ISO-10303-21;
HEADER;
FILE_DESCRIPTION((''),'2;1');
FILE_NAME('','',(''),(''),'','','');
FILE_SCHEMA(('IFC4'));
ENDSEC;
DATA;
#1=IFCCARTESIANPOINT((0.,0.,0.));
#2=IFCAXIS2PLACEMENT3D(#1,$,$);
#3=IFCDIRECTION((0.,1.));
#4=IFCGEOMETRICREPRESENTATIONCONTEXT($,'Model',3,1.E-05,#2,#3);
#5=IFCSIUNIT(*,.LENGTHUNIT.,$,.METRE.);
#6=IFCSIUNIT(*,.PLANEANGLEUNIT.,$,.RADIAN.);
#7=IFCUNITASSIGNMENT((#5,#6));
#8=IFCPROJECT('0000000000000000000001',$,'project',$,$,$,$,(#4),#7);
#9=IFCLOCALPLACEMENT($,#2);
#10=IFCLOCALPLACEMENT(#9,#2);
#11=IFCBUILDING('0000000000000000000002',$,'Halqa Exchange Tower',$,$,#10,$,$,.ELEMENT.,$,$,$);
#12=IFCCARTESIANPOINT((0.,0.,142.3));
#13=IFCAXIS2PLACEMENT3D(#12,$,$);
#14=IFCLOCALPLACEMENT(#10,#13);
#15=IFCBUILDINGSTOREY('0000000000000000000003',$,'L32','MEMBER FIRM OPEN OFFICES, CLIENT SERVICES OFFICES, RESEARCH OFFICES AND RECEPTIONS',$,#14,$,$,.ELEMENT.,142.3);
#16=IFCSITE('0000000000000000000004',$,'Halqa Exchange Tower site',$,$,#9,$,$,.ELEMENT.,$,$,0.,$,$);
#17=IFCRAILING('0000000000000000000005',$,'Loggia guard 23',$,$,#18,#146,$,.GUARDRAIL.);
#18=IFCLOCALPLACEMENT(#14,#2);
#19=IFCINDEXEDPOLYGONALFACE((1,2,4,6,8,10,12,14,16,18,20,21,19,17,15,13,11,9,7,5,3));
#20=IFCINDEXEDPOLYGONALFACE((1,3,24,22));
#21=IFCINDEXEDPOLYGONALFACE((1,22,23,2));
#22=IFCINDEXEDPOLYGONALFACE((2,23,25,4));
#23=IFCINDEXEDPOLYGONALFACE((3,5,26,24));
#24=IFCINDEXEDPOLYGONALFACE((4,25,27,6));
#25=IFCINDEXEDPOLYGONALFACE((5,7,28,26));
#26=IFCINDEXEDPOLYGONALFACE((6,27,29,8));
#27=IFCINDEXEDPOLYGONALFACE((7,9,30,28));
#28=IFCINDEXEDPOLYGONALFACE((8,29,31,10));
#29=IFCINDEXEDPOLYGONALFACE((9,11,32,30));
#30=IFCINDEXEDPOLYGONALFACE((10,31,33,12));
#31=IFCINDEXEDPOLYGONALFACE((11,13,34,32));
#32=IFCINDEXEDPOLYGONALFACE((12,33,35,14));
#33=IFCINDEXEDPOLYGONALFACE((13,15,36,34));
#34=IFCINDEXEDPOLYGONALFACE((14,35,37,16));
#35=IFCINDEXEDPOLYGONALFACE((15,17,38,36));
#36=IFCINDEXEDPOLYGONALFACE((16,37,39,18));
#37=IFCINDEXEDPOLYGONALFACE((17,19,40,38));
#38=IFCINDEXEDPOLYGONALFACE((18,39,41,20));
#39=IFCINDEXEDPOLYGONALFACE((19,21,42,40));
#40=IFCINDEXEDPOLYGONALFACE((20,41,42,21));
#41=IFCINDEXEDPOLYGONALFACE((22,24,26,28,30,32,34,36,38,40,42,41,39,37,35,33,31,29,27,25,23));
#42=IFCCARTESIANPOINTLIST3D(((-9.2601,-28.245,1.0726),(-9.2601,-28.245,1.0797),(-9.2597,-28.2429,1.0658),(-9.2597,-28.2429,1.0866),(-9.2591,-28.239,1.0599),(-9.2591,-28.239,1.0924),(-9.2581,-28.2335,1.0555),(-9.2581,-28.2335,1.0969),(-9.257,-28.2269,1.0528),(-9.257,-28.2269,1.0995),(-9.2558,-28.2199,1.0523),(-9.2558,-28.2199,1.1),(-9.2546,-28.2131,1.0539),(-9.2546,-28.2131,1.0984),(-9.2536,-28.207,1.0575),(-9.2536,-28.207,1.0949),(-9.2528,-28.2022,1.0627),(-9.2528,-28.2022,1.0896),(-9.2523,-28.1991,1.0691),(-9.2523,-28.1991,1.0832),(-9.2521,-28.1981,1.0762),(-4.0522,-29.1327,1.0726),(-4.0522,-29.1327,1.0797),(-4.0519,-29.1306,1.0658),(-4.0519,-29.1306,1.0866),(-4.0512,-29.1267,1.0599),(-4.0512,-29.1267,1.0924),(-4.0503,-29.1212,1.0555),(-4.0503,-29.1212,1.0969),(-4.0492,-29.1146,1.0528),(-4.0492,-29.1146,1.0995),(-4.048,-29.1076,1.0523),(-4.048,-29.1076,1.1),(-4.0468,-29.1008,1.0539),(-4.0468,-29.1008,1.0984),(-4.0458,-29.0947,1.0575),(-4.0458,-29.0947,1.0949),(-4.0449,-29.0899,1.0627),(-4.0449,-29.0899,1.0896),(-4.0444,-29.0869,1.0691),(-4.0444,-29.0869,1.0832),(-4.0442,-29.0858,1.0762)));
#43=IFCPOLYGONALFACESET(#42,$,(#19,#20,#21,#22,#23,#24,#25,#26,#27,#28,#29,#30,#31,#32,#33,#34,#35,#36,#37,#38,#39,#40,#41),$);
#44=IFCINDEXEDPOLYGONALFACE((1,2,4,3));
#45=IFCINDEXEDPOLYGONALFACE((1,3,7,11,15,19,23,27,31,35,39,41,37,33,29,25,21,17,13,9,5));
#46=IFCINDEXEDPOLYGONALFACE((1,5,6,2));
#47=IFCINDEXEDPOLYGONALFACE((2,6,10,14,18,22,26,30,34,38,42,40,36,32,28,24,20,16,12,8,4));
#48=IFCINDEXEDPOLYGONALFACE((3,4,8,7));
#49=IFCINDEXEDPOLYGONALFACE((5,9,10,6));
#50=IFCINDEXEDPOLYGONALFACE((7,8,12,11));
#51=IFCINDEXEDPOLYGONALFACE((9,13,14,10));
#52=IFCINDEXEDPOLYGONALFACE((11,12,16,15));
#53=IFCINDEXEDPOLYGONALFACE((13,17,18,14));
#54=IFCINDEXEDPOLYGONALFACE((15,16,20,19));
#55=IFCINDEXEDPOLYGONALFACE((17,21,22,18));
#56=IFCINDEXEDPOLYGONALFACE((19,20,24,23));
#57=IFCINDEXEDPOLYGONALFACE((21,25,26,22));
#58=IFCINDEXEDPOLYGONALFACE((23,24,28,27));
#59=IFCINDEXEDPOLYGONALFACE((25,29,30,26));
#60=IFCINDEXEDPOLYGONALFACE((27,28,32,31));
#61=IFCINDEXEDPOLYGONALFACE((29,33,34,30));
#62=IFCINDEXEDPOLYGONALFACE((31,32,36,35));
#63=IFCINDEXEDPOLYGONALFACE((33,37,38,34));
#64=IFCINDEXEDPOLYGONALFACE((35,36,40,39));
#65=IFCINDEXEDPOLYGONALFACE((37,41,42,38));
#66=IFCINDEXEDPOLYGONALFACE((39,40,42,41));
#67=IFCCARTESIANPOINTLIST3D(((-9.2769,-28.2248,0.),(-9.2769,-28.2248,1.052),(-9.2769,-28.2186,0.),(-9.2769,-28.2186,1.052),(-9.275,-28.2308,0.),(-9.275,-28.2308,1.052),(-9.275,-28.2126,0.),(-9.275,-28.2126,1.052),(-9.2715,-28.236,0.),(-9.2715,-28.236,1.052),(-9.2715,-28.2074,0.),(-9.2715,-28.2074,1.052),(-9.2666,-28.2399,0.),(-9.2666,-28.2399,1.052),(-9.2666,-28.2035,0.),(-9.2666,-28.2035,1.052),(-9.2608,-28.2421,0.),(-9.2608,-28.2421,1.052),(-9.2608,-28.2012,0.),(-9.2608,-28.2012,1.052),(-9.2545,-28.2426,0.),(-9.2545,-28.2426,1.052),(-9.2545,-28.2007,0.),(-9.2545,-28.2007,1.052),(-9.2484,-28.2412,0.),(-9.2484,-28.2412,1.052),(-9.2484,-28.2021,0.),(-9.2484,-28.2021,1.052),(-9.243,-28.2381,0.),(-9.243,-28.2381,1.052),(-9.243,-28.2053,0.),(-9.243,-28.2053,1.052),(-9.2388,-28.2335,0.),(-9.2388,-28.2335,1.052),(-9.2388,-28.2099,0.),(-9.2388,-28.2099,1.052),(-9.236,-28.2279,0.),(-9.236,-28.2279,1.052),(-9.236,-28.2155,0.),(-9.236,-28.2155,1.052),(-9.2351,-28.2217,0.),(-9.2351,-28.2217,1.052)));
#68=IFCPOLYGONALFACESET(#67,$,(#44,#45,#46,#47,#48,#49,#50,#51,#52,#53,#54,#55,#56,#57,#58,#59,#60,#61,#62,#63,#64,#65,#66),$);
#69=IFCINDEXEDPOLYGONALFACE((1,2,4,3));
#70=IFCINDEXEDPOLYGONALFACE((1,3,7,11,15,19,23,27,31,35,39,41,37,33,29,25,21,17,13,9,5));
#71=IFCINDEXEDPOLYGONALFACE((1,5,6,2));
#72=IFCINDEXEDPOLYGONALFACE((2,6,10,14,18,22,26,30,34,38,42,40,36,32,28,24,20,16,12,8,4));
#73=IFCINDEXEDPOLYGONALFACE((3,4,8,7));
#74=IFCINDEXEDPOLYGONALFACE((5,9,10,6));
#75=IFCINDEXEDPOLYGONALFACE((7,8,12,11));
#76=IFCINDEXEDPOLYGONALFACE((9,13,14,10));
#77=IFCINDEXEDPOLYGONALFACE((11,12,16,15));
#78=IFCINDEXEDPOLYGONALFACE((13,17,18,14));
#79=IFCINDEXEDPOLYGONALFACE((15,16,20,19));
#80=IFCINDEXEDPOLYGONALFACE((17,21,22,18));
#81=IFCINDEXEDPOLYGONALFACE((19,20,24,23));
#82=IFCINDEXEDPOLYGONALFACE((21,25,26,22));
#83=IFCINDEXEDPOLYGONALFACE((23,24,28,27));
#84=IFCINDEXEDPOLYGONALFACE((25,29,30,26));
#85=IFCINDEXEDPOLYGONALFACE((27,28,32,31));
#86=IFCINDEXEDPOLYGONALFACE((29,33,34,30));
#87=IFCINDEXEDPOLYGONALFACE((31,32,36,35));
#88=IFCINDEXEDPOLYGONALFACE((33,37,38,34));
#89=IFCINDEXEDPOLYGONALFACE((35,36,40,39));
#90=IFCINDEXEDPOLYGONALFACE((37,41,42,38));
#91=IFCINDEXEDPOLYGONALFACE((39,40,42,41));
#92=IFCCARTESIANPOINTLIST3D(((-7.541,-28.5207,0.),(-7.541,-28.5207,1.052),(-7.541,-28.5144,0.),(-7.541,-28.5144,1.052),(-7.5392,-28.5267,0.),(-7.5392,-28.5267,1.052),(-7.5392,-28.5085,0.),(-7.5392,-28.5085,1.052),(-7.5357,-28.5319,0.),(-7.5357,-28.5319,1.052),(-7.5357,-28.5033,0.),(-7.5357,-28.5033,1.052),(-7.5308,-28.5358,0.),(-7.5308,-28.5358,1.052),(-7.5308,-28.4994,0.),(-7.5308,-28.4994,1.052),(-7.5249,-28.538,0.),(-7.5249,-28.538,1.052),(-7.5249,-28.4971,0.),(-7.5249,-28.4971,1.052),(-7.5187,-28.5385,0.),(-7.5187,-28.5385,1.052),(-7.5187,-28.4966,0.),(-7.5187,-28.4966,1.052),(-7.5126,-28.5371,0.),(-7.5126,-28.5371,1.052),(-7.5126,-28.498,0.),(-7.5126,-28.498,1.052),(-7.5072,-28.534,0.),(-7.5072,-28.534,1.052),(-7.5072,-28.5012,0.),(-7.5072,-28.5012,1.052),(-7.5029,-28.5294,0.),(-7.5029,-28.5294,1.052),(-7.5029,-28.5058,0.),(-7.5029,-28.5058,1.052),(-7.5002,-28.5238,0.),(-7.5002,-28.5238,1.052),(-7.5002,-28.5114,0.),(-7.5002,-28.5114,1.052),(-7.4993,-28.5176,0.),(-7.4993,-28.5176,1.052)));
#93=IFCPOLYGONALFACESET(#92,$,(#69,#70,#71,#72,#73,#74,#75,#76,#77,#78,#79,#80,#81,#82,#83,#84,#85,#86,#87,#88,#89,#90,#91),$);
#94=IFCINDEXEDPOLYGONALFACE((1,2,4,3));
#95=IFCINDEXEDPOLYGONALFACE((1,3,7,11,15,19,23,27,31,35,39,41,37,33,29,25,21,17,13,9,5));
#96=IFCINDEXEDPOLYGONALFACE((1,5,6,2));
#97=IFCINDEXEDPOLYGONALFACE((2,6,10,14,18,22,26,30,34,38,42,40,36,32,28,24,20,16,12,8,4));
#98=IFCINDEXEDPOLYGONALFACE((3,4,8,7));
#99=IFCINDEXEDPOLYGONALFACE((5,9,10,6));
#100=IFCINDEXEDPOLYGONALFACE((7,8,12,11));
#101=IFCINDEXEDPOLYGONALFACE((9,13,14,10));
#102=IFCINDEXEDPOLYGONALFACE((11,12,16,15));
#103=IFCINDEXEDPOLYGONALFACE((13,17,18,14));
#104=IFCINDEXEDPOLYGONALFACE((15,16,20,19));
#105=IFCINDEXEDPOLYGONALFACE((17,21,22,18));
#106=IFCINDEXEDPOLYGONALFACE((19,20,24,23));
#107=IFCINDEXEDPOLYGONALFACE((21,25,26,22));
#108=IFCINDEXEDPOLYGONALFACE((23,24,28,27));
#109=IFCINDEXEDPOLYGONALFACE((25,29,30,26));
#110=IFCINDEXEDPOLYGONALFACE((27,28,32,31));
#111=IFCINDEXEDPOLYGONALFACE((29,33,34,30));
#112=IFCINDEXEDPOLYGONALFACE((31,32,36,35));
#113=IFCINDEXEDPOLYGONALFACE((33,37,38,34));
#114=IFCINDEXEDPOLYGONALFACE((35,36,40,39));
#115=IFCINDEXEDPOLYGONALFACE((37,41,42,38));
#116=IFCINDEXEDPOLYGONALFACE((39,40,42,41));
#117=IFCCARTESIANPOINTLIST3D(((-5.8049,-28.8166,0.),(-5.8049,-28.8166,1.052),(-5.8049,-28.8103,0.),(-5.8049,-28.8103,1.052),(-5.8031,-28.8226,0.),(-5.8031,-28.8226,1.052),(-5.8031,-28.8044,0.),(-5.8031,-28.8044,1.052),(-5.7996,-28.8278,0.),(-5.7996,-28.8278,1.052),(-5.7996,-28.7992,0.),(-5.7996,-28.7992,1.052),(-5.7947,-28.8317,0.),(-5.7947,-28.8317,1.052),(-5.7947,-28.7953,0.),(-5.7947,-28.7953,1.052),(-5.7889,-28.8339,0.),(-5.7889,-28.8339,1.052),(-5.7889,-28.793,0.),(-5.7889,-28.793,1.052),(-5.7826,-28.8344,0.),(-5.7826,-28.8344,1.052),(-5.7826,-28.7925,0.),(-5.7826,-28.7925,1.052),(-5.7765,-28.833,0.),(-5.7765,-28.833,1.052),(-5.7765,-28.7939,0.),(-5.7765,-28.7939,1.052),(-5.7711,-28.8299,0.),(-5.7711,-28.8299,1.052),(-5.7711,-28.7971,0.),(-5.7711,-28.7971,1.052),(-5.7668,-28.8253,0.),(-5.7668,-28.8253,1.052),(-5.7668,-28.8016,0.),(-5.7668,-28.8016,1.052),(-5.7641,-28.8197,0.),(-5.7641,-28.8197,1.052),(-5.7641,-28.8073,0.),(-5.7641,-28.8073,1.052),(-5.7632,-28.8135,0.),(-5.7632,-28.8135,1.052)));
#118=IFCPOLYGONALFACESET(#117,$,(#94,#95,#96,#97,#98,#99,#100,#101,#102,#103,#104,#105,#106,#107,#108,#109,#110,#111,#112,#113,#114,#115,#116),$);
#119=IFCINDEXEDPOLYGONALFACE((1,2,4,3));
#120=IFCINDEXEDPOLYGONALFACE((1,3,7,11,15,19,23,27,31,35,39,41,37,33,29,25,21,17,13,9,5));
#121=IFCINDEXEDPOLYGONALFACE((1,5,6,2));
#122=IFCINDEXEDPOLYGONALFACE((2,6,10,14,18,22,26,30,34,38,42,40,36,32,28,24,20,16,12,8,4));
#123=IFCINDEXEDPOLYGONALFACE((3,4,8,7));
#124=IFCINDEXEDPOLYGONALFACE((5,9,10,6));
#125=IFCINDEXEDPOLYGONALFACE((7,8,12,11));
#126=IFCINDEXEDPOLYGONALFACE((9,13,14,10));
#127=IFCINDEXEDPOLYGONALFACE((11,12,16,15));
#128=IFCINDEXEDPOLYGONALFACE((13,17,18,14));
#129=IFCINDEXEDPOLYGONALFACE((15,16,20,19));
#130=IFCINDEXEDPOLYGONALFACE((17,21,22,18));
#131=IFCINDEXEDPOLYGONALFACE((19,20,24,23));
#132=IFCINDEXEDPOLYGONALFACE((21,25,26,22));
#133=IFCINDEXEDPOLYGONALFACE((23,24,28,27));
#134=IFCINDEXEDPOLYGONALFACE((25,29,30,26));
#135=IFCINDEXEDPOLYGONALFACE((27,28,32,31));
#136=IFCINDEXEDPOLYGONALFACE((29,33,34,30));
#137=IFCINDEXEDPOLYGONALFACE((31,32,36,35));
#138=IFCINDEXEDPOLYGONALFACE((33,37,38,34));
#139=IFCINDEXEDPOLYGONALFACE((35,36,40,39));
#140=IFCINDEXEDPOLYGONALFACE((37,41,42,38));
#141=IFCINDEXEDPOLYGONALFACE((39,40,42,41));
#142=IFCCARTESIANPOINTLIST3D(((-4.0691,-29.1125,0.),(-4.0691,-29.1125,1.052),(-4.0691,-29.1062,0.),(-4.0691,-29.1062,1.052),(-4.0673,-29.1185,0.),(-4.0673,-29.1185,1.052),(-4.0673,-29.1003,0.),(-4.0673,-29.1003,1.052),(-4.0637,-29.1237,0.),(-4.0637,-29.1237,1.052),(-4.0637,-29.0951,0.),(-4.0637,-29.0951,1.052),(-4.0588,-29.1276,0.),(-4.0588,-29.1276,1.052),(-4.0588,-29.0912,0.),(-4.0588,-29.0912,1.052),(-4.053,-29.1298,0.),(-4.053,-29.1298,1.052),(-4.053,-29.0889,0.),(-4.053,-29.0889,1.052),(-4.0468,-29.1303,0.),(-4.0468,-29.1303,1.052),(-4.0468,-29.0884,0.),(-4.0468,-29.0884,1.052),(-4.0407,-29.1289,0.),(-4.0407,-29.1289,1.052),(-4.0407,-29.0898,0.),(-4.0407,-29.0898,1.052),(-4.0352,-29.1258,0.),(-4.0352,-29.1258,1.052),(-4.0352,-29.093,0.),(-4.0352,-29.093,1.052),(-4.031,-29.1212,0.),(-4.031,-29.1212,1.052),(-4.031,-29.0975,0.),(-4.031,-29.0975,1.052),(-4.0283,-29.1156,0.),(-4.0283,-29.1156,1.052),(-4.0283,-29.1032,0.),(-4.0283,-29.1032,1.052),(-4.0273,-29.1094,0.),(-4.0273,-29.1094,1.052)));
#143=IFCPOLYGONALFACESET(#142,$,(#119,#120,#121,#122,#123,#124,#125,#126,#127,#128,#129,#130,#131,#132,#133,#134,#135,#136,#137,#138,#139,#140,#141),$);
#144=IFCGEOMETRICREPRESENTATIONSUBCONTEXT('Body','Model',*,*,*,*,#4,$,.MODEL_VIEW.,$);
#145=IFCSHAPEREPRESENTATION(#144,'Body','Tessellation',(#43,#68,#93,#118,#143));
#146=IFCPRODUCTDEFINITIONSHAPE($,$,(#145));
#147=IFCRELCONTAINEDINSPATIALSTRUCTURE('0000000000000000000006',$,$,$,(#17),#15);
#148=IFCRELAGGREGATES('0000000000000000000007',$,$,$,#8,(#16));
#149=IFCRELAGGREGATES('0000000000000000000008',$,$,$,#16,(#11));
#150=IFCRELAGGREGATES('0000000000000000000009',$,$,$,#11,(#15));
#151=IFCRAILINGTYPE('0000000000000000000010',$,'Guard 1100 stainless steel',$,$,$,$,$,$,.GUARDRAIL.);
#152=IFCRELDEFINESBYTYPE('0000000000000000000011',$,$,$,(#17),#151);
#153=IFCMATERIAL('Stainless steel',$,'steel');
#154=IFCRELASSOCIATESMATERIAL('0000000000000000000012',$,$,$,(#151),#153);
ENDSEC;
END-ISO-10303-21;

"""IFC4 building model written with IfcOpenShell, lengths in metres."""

from ifc_helpers import new_model, si_unit, direction, frame, origin, origin_2d, place, context, subcontext, project, spatial, circle, extrude, material, type_object, element, save


model = new_model("IFC4")

# Units and contexts
model_context = context("Model", 3, precision=1e-05, world=origin(), true_north=direction((0.0, 1.0)))
body_context = subcontext(model_context, "Body", "Model", "MODEL_VIEW")
ifc_project = project(units=[si_unit("LENGTHUNIT", "METRE"), si_unit("PLANEANGLEUNIT", "RADIAN")], contexts=[model_context])

# Site, building, storey
site_placement = place(None, origin())
site = spatial("IfcSite", under=ifc_project, at=site_placement, Name="Halqa Exchange Tower site", CompositionType="ELEMENT", RefElevation=0.0)
building_placement = place(site_placement, origin())
building = spatial("IfcBuilding", under=site, at=building_placement, Name="Halqa Exchange Tower", CompositionType="ELEMENT")
storey_placement = place(building_placement, frame((0.0, 0.0, 142.3)))
storey = spatial("IfcBuildingStorey", under=building, at=storey_placement, Name="L32", Description="MEMBER FIRM OPEN OFFICES, CLIENT SERVICES OFFICES, RESEARCH OFFICES AND RECEPTIONS", CompositionType="ELEMENT", Elevation=142.3)

# Railing
ifc_material_1 = material(Name="Stainless steel", Category="steel")
railing_type = type_object("IfcRailingType", Name="Guard 1100 stainless steel", PredefinedType="GUARDRAIL", material=ifc_material_1)
railing_1_placement = place(storey_placement, frame((-9.2561, -28.2217, 0.0)))
element("IfcRailing", 1, at=railing_1_placement, inside=storey, type_object=railing_type, Name="Loggia guard 23", PredefinedType="GUARDRAIL", context=body_context, shape_type="SweptSolid", body=[
    extrude(circle(Radius=0.0239, at=origin_2d()), frame((0.0, 0.0, 1.0762), z_axis=(0.985781, -0.168033, 0.0), x_axis=(0.168033, 0.985781, 0.0)), (0.0, 0.0, 1.0), 5.283),
    extrude(circle(Radius=0.021, at=origin_2d()), origin(), (0.0, 0.0, 1.0), 1.052),
    extrude(circle(Radius=0.021, at=origin_2d()), frame((1.7358, -0.2959, 0.0)), (0.0, 0.0, 1.0), 1.052),
    extrude(circle(Radius=0.021, at=origin_2d()), frame((3.4719, -0.5918, 0.0)), (0.0, 0.0, 1.0), 1.052),
    extrude(circle(Radius=0.021, at=origin_2d()), frame((5.2078, -0.8877, 0.0)), (0.0, 0.0, 1.0), 1.052),
])

save(model, "model.ifc")
